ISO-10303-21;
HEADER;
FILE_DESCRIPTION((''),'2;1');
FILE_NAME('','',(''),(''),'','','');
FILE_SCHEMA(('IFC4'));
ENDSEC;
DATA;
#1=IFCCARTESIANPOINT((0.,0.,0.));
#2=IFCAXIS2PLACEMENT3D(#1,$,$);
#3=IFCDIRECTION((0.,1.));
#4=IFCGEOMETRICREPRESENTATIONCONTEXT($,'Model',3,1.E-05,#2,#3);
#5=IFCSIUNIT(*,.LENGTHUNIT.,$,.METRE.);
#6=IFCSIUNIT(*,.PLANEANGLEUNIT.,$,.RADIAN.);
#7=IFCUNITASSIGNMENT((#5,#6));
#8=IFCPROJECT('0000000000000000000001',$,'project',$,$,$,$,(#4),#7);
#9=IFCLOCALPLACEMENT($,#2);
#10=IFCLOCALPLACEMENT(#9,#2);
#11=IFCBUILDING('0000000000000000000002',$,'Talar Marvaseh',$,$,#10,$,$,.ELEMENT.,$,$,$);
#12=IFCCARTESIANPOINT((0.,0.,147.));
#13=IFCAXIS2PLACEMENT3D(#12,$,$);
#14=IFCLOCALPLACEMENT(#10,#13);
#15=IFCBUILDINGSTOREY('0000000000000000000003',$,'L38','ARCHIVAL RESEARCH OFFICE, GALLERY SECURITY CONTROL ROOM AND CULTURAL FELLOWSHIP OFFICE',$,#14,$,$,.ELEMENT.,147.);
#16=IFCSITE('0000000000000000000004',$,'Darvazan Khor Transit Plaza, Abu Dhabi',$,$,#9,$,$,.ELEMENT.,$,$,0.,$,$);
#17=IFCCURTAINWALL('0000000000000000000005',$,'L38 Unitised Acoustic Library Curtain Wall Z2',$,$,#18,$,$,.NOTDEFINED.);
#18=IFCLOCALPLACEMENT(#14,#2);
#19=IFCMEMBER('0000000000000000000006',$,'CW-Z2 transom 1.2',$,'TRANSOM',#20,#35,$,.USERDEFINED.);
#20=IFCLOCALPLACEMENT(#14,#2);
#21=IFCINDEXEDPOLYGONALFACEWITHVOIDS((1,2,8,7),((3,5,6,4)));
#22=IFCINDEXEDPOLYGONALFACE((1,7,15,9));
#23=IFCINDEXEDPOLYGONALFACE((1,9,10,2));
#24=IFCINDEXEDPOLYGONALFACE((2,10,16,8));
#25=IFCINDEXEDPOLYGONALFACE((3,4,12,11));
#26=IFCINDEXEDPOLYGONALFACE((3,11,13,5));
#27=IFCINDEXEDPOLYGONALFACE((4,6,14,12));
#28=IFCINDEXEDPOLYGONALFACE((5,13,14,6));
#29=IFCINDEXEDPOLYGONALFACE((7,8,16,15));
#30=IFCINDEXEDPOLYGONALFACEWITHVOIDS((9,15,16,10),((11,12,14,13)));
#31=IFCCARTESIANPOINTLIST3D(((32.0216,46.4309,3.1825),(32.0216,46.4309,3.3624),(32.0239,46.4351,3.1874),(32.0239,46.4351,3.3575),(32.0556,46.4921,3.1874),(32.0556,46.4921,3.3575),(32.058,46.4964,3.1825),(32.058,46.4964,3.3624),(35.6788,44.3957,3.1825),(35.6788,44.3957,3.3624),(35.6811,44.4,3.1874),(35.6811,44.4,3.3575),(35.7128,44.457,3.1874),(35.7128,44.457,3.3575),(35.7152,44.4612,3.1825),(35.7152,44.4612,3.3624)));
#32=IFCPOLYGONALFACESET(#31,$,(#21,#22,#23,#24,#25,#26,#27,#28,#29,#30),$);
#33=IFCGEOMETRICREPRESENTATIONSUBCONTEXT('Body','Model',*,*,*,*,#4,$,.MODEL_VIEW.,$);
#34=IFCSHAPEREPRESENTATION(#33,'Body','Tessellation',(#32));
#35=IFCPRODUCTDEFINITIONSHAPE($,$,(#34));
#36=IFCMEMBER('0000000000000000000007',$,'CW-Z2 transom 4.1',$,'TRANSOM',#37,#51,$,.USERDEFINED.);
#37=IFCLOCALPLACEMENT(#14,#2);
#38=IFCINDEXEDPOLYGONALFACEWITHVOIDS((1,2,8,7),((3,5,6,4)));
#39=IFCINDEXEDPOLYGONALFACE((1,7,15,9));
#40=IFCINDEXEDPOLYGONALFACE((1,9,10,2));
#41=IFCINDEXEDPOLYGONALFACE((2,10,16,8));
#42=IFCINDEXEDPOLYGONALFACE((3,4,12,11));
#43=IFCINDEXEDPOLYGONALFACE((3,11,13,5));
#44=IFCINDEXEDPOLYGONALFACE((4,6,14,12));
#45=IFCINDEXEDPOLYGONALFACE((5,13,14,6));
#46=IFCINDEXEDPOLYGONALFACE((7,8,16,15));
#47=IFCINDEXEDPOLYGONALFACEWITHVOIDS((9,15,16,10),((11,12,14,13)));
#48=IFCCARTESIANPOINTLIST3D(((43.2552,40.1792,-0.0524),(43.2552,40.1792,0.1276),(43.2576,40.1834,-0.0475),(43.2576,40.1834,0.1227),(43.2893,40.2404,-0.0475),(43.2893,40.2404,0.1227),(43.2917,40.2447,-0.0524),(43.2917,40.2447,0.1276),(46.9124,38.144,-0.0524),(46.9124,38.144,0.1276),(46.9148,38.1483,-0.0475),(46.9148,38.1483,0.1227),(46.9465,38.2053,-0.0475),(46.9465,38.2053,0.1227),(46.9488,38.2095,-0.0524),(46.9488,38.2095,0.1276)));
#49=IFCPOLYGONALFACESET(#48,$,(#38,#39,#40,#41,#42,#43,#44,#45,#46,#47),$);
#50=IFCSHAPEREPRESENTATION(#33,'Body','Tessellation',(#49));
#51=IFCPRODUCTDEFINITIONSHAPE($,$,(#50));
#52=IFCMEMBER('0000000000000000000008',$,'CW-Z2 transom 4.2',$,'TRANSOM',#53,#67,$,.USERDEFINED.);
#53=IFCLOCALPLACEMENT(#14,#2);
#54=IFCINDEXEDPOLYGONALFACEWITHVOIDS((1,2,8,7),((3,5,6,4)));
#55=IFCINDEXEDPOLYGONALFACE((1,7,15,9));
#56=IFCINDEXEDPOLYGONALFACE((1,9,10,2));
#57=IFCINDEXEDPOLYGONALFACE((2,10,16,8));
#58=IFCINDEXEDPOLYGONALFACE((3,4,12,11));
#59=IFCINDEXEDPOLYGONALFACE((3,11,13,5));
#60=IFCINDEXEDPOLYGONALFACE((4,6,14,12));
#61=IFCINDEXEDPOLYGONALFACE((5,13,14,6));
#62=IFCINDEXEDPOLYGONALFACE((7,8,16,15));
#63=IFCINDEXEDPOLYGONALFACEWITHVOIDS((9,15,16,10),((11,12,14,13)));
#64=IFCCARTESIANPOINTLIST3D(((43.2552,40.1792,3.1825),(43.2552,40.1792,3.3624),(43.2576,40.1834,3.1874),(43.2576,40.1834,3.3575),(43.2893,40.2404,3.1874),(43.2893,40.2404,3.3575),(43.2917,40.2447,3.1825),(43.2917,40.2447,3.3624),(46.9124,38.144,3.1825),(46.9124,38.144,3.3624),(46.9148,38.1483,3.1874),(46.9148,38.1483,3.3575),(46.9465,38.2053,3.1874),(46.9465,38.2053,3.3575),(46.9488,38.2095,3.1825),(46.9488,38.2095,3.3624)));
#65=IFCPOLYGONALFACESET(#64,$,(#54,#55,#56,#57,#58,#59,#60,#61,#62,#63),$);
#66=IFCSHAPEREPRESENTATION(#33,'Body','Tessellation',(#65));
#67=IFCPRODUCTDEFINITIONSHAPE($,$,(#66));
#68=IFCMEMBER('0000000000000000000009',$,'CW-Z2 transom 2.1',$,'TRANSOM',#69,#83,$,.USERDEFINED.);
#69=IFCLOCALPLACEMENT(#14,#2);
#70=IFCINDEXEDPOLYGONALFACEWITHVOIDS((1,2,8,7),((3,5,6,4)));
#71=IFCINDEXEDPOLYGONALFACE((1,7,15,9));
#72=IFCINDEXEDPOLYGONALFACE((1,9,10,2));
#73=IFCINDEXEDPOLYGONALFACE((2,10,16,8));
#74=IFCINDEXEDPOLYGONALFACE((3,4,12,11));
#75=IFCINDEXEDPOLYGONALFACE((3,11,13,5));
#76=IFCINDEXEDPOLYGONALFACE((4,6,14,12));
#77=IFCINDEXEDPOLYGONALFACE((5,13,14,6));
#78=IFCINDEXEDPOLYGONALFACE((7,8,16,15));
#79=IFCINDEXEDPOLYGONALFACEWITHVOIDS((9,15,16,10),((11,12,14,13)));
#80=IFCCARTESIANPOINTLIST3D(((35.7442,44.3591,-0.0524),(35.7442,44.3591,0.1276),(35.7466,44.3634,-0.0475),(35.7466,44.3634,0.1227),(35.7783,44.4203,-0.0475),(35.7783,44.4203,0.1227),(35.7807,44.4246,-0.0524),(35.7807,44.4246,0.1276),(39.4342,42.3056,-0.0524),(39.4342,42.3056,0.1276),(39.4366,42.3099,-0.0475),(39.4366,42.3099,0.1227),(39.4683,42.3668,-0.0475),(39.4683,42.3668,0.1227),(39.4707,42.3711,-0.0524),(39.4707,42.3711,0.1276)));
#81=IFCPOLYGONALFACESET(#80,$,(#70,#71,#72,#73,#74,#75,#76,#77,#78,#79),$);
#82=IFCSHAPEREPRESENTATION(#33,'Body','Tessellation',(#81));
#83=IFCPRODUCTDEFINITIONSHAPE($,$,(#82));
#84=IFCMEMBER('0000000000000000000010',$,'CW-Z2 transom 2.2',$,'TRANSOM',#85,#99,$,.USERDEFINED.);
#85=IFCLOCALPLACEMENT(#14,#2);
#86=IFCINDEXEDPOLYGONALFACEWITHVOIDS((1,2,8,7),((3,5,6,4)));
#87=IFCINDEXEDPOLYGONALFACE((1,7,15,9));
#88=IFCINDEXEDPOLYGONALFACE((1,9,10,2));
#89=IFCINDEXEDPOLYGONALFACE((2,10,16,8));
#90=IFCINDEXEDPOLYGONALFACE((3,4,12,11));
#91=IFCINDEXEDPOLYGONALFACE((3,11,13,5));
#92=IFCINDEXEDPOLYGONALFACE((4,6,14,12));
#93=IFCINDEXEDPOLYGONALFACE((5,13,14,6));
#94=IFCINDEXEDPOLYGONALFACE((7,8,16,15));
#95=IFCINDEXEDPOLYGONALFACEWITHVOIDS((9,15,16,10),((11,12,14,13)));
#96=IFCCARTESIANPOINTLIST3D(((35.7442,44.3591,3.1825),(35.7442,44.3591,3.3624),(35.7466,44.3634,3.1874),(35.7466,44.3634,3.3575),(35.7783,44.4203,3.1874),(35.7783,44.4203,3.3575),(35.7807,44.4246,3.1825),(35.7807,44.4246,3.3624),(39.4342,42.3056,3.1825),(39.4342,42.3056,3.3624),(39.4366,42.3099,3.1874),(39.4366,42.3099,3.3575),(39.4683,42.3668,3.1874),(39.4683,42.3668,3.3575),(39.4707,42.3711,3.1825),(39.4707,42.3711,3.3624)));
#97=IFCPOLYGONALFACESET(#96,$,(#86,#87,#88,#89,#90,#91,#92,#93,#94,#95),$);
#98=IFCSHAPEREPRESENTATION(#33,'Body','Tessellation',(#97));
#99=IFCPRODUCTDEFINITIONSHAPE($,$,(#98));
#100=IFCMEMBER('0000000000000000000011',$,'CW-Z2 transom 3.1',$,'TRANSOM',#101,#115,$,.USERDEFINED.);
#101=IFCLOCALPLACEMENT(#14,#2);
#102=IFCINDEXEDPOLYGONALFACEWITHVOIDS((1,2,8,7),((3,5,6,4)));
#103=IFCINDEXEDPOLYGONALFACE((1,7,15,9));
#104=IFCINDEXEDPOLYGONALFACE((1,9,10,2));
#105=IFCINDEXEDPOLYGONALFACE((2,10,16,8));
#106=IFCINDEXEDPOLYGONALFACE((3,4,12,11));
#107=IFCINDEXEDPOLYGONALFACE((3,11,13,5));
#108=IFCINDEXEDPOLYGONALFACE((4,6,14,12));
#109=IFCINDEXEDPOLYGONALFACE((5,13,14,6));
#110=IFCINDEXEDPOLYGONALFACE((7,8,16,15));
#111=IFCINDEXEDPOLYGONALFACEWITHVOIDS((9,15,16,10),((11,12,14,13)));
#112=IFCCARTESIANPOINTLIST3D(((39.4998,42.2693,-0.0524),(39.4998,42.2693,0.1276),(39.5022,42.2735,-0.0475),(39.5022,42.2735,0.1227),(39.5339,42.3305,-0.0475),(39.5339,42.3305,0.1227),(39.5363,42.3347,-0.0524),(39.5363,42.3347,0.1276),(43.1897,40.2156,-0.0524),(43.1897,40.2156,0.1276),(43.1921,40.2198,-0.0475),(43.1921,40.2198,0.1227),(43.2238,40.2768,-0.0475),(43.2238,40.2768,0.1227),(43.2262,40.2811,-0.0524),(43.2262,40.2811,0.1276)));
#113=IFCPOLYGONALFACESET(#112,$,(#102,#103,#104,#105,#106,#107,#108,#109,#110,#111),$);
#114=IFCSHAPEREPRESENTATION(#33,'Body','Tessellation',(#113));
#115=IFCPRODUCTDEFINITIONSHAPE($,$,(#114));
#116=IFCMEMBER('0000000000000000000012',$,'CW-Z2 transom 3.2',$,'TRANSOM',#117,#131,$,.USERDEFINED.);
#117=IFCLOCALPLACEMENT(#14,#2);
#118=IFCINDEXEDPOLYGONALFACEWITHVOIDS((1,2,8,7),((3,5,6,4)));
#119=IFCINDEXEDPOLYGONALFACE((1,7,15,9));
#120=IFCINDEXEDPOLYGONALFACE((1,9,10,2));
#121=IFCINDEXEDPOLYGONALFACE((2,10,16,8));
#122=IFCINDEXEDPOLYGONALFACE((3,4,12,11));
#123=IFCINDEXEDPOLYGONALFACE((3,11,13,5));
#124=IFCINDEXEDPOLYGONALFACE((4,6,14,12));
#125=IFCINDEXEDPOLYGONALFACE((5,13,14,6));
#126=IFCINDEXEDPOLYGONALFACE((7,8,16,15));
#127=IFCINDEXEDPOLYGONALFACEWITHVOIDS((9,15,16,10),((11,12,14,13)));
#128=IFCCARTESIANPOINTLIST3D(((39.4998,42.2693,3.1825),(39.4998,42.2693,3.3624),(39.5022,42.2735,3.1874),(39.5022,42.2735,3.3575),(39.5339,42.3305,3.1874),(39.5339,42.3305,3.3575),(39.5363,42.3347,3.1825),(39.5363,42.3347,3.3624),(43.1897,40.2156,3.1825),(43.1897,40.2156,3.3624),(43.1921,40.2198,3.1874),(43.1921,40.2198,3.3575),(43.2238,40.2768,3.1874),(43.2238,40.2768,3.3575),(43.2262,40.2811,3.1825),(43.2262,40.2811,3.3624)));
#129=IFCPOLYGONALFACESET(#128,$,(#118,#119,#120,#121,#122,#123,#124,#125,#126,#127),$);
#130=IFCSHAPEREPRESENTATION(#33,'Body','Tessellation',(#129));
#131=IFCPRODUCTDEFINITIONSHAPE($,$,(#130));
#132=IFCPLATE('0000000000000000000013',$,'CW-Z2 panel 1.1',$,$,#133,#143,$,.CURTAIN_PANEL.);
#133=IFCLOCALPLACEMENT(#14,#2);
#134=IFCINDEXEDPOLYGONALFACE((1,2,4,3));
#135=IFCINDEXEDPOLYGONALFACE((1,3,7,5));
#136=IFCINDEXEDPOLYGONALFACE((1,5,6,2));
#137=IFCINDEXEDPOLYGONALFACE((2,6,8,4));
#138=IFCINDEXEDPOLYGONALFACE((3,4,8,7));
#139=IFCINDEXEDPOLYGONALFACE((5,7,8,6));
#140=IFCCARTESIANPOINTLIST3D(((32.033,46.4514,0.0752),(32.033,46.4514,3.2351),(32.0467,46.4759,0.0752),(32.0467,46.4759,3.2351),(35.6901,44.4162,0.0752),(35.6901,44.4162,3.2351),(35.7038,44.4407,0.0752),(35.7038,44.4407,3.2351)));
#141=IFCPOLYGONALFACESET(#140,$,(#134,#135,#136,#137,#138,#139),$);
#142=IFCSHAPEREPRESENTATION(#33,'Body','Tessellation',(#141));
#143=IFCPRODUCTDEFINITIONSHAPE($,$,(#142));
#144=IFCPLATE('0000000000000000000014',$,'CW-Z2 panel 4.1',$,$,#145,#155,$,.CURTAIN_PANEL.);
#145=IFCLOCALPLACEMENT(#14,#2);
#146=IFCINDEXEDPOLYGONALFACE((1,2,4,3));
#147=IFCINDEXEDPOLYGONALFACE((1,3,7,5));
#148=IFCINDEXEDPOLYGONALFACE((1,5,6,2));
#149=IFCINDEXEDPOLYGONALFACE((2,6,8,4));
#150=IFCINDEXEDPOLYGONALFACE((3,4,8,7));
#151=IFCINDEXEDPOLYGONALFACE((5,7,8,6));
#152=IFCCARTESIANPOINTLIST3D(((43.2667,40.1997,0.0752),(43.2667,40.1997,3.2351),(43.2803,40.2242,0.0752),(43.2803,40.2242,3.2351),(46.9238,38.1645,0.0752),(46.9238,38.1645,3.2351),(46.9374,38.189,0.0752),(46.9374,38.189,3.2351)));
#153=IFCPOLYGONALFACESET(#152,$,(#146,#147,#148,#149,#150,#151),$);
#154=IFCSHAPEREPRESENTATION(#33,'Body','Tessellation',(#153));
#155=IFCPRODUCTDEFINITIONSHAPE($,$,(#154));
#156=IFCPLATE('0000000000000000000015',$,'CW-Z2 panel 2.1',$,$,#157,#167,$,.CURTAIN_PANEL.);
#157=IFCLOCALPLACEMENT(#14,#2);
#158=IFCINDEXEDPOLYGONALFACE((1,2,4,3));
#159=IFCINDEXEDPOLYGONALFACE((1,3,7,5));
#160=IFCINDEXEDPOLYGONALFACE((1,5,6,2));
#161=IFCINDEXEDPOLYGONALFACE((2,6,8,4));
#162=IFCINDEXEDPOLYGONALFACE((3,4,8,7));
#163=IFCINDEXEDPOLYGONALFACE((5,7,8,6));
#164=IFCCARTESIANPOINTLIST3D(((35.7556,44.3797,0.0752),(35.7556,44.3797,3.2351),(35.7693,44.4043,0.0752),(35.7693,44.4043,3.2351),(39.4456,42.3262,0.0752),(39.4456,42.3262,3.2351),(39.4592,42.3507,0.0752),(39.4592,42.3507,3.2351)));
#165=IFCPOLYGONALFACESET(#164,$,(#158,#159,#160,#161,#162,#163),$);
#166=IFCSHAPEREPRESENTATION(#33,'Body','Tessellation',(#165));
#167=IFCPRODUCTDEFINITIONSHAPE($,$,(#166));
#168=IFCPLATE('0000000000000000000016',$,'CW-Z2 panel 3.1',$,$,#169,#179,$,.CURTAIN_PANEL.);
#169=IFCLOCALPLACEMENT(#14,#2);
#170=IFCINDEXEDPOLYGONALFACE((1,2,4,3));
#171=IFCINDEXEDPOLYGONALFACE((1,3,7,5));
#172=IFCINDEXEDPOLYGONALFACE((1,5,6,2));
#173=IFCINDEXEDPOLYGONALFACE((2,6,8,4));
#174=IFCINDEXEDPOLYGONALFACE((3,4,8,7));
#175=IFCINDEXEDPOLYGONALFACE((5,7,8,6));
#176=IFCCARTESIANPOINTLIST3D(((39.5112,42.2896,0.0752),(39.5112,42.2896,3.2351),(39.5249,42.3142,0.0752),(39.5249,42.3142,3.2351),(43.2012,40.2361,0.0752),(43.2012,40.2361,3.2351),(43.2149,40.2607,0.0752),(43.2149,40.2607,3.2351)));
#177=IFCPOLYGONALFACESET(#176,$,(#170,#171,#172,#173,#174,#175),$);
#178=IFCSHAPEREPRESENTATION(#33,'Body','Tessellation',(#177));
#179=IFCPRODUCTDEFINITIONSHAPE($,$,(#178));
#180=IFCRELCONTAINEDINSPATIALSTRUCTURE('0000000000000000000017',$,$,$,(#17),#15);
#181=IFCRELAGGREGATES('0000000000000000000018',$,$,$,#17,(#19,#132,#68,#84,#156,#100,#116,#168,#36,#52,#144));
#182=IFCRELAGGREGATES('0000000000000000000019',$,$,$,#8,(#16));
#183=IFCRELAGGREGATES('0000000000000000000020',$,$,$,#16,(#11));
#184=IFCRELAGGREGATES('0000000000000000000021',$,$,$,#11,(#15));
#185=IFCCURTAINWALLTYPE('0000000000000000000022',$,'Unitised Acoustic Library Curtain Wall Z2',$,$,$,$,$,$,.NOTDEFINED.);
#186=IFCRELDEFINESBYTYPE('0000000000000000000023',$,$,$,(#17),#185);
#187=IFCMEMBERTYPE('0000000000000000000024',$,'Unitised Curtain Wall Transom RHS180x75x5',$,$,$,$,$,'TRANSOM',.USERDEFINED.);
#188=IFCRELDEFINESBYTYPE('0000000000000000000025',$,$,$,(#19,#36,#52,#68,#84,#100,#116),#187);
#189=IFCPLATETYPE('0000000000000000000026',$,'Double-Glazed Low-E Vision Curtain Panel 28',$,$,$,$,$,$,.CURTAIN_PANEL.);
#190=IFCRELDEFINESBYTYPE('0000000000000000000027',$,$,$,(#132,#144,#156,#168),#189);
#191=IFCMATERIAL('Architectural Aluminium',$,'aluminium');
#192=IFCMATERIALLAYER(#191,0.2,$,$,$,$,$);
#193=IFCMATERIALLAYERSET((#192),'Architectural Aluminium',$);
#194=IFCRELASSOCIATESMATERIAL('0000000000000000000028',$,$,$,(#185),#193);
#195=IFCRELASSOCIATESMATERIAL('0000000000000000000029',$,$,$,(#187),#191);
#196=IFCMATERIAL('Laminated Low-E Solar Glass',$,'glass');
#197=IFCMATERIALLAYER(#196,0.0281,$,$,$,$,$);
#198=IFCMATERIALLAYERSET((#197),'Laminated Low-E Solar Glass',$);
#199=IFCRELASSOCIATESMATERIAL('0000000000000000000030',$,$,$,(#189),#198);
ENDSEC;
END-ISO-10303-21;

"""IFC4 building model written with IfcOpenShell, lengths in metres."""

from ifc_helpers import new_model, si_unit, direction, frame, origin, origin_2d, place, context, subcontext, project, spatial, rectangle, hollow_rectangle, extrude, source, transform, mapped, material, layer, layer_set, material_profile, profile_set, type_object, type_shapes, element, aggregate, save


model = new_model("IFC4")

# Units and contexts
model_context = context("Model", 3, precision=1e-05, world=origin(), true_north=direction((0.0, 1.0)))
body_context = subcontext(model_context, "Body", "Model", "MODEL_VIEW")
ifc_project = project(units=[si_unit("LENGTHUNIT", "METRE"), si_unit("PLANEANGLEUNIT", "RADIAN")], contexts=[model_context])

# Site, building, storey
site_placement = place(None, origin())
site = spatial("IfcSite", under=ifc_project, at=site_placement, Name="Darvazan Khor Transit Plaza, Abu Dhabi", CompositionType="ELEMENT", RefElevation=0.0)
building_placement = place(site_placement, origin())
building = spatial("IfcBuilding", under=site, at=building_placement, Name="Talar Marvaseh", CompositionType="ELEMENT")
storey_placement = place(building_placement, frame((0.0, 0.0, 147.0)))
storey = spatial("IfcBuildingStorey", under=building, at=storey_placement, Name="L38", Description="ARCHIVAL RESEARCH OFFICE, GALLERY SECURITY CONTROL ROOM AND CULTURAL FELLOWSHIP OFFICE", CompositionType="ELEMENT", Elevation=147.0)

# Curtain wall, members, plates
ifc_material_1 = material(Name="Architectural Aluminium", Category="aluminium")
ifc_layer_1 = layer(ifc_material_1, 0.2)
ifc_layer_set_1 = layer_set([ifc_layer_1], Name="Architectural Aluminium")
curtain_wall_type = type_object("IfcCurtainWallType", Name="Unitised Acoustic Library Curtain Wall Z2", PredefinedType="NOTDEFINED", material=ifc_layer_set_1)
curtain_wall_placement = place(storey_placement, origin())
curtain_wall = element("IfcCurtainWall", 1, at=curtain_wall_placement, inside=storey, type_object=curtain_wall_type, Name="L38 Unitised Acoustic Library Curtain Wall Z2", PredefinedType="NOTDEFINED")
ifc_material_profile_1 = material_profile(ifc_material_1, hollow_rectangle(XDim=0.075, YDim=0.1799, WallThickness=0.0049, at=origin_2d()), Name="RHS180x75x5")
ifc_profile_set_1 = profile_set([ifc_material_profile_1], Name="Architectural Aluminium")
member_type_1 = type_object("IfcMemberType", Name="Unitised Curtain Wall Transom RHS180x75x5", ElementType="TRANSOM", PredefinedType="USERDEFINED", material=ifc_profile_set_1)
shared_shape_1 = source(origin(), body_context, "Body", "SweptSolid", [
    extrude(hollow_rectangle(XDim=0.075, YDim=0.1799, WallThickness=0.0049, at=origin_2d()), origin(), (0.0, 0.0, 1.0), 4.1853),
])
member_1_placement = place(storey_placement, frame((32.0398, 46.4636, 3.2725), z_axis=(0.873816, -0.486257, 0.0), x_axis=(0.486257, 0.873816, 0.0)))
member_1 = element("IfcMember", 2, at=member_1_placement, type_object=member_type_1, Name="CW-Z2 transom 1.2", ObjectType="TRANSOM", PredefinedType="USERDEFINED", context=body_context, shape_type="MappedRepresentation", body=[
    mapped(shared_shape_1, transform((0.0, 0.0, 0.0), x_axis=(1.0, 0.0, 0.0), y_axis=(0.0, 1.0, 0.0), z_axis=(0.0, 0.0, 1.0), scale=1.0)),
])
member_2_placement = place(storey_placement, frame((43.2734, 40.2119, 0.0376), z_axis=(0.873816, -0.486257, 0.0), x_axis=(0.486257, 0.873816, 0.0)))
member_2 = element("IfcMember", 3, at=member_2_placement, type_object=member_type_1, Name="CW-Z2 transom 4.1", ObjectType="TRANSOM", PredefinedType="USERDEFINED", context=body_context, shape_type="MappedRepresentation", body=[
    mapped(shared_shape_1, transform((0.0, 0.0, 0.0), x_axis=(1.0, 0.0, 0.0), y_axis=(0.0, 1.0, 0.0), z_axis=(0.0, 0.0, 1.0), scale=1.0)),
])
member_3_placement = place(storey_placement, frame((43.2734, 40.2119, 3.2725), z_axis=(0.873816, -0.486257, 0.0), x_axis=(0.486257, 0.873816, 0.0)))
member_3 = element("IfcMember", 4, at=member_3_placement, type_object=member_type_1, Name="CW-Z2 transom 4.2", ObjectType="TRANSOM", PredefinedType="USERDEFINED", context=body_context, shape_type="MappedRepresentation", body=[
    mapped(shared_shape_1, transform((0.0, 0.0, 0.0), x_axis=(1.0, 0.0, 0.0), y_axis=(0.0, 1.0, 0.0), z_axis=(0.0, 0.0, 1.0), scale=1.0)),
])
shared_shape_2 = source(origin(), body_context, "Body", "SweptSolid", [
    extrude(hollow_rectangle(XDim=0.075, YDim=0.1799, WallThickness=0.0049, at=origin_2d()), origin(), (0.0, 0.0, 1.0), 4.2229),
])
type_shapes(member_type_1, [shared_shape_1, shared_shape_2])
member_4_placement = place(storey_placement, frame((35.7625, 44.3918, 0.0376), z_axis=(0.873805, -0.486276, 0.0), x_axis=(0.486276, 0.873805, 0.0)))
member_4 = element("IfcMember", 5, at=member_4_placement, type_object=member_type_1, Name="CW-Z2 transom 2.1", ObjectType="TRANSOM", PredefinedType="USERDEFINED", context=body_context, shape_type="MappedRepresentation", body=[
    mapped(shared_shape_2, transform((0.0, 0.0, 0.0), x_axis=(1.0, 0.0, 0.0), y_axis=(0.0, 1.0, 0.0), z_axis=(0.0, 0.0, 1.0), scale=1.0)),
])
member_5_placement = place(storey_placement, frame((35.7625, 44.3918, 3.2725), z_axis=(0.873805, -0.486276, 0.0), x_axis=(0.486276, 0.873805, 0.0)))
member_5 = element("IfcMember", 6, at=member_5_placement, type_object=member_type_1, Name="CW-Z2 transom 2.2", ObjectType="TRANSOM", PredefinedType="USERDEFINED", context=body_context, shape_type="MappedRepresentation", body=[
    mapped(shared_shape_2, transform((0.0, 0.0, 0.0), x_axis=(1.0, 0.0, 0.0), y_axis=(0.0, 1.0, 0.0), z_axis=(0.0, 0.0, 1.0), scale=1.0)),
])
member_6_placement = place(storey_placement, frame((39.5181, 42.302, 0.0376), z_axis=(0.873781, -0.48632, 0.0), x_axis=(0.48632, 0.873781, 0.0)))
member_6 = element("IfcMember", 7, at=member_6_placement, type_object=member_type_1, Name="CW-Z2 transom 3.1", ObjectType="TRANSOM", PredefinedType="USERDEFINED", context=body_context, shape_type="MappedRepresentation", body=[
    mapped(shared_shape_2, transform((0.0, 0.0, 0.0), x_axis=(1.0, 0.0, 0.0), y_axis=(0.0, 1.0, 0.0), z_axis=(0.0, 0.0, 1.0), scale=1.0)),
])
member_7_placement = place(storey_placement, frame((39.5181, 42.302, 3.2725), z_axis=(0.873781, -0.48632, 0.0), x_axis=(0.48632, 0.873781, 0.0)))
member_7 = element("IfcMember", 8, at=member_7_placement, type_object=member_type_1, Name="CW-Z2 transom 3.2", ObjectType="TRANSOM", PredefinedType="USERDEFINED", context=body_context, shape_type="MappedRepresentation", body=[
    mapped(shared_shape_2, transform((0.0, 0.0, 0.0), x_axis=(1.0, 0.0, 0.0), y_axis=(0.0, 1.0, 0.0), z_axis=(0.0, 0.0, 1.0), scale=1.0)),
])
ifc_material_2 = material(Name="Laminated Low-E Solar Glass", Category="glass")
ifc_layer_2 = layer(ifc_material_2, 0.0281)
ifc_layer_set_2 = layer_set([ifc_layer_2], Name="Laminated Low-E Solar Glass")
plate_type = type_object("IfcPlateType", Name="Double-Glazed Low-E Vision Curtain Panel 28", PredefinedType="CURTAIN_PANEL", material=ifc_layer_set_2)
shared_shape_3 = source(origin(), body_context, "Body", "SweptSolid", [
    extrude(rectangle(XDim=4.1853, YDim=0.0281, at=origin_2d()), origin(), (0.0, 0.0, 1.0), 3.1599),
])
plate_1_placement = place(storey_placement, frame((33.8684, 45.446, 0.0752), z_axis=(0.0, 0.0, 1.0), x_axis=(0.873804, -0.486278, 0.0)))
plate_1 = element("IfcPlate", 9, at=plate_1_placement, type_object=plate_type, Name="CW-Z2 panel 1.1", PredefinedType="CURTAIN_PANEL", context=body_context, shape_type="MappedRepresentation", body=[
    mapped(shared_shape_3, transform((0.0, 0.0, 0.0), x_axis=(1.0, 0.0, 0.0), y_axis=(0.0, 1.0, 0.0), z_axis=(0.0, 0.0, 1.0), scale=1.0)),
])
plate_2_placement = place(storey_placement, frame((45.1021, 39.1943, 0.0752), z_axis=(0.0, 0.0, 1.0), x_axis=(0.873804, -0.486278, 0.0)))
plate_2 = element("IfcPlate", 10, at=plate_2_placement, type_object=plate_type, Name="CW-Z2 panel 4.1", PredefinedType="CURTAIN_PANEL", context=body_context, shape_type="MappedRepresentation", body=[
    mapped(shared_shape_3, transform((0.0, 0.0, 0.0), x_axis=(1.0, 0.0, 0.0), y_axis=(0.0, 1.0, 0.0), z_axis=(0.0, 0.0, 1.0), scale=1.0)),
])
shared_shape_4 = source(origin(), body_context, "Body", "SweptSolid", [
    extrude(rectangle(XDim=4.2229, YDim=0.0281, at=origin_2d()), origin(), (0.0, 0.0, 1.0), 3.1599),
])
type_shapes(plate_type, [shared_shape_3, shared_shape_4])
plate_3_placement = place(storey_placement, frame((37.6074, 43.3652, 0.0752), z_axis=(0.0, 0.0, 1.0), x_axis=(0.873804, -0.486278, 0.0)))
plate_3 = element("IfcPlate", 11, at=plate_3_placement, type_object=plate_type, Name="CW-Z2 panel 2.1", PredefinedType="CURTAIN_PANEL", context=body_context, shape_type="MappedRepresentation", body=[
    mapped(shared_shape_4, transform((0.0, 0.0, 0.0), x_axis=(1.0, 0.0, 0.0), y_axis=(0.0, 1.0, 0.0), z_axis=(0.0, 0.0, 1.0), scale=1.0)),
])
plate_4_placement = place(storey_placement, frame((41.363, 41.2751, 0.0752), z_axis=(0.0, 0.0, 1.0), x_axis=(0.873804, -0.486278, 0.0)))
plate_4 = element("IfcPlate", 12, at=plate_4_placement, type_object=plate_type, Name="CW-Z2 panel 3.1", PredefinedType="CURTAIN_PANEL", context=body_context, shape_type="MappedRepresentation", body=[
    mapped(shared_shape_4, transform((0.0, 0.0, 0.0), x_axis=(1.0, 0.0, 0.0), y_axis=(0.0, 1.0, 0.0), z_axis=(0.0, 0.0, 1.0), scale=1.0)),
])
aggregate(curtain_wall, [member_1, plate_1, member_4, member_5, plate_3, member_6, member_7, plate_4, member_2, member_3, plate_2])

save(model, "model.ifc")
